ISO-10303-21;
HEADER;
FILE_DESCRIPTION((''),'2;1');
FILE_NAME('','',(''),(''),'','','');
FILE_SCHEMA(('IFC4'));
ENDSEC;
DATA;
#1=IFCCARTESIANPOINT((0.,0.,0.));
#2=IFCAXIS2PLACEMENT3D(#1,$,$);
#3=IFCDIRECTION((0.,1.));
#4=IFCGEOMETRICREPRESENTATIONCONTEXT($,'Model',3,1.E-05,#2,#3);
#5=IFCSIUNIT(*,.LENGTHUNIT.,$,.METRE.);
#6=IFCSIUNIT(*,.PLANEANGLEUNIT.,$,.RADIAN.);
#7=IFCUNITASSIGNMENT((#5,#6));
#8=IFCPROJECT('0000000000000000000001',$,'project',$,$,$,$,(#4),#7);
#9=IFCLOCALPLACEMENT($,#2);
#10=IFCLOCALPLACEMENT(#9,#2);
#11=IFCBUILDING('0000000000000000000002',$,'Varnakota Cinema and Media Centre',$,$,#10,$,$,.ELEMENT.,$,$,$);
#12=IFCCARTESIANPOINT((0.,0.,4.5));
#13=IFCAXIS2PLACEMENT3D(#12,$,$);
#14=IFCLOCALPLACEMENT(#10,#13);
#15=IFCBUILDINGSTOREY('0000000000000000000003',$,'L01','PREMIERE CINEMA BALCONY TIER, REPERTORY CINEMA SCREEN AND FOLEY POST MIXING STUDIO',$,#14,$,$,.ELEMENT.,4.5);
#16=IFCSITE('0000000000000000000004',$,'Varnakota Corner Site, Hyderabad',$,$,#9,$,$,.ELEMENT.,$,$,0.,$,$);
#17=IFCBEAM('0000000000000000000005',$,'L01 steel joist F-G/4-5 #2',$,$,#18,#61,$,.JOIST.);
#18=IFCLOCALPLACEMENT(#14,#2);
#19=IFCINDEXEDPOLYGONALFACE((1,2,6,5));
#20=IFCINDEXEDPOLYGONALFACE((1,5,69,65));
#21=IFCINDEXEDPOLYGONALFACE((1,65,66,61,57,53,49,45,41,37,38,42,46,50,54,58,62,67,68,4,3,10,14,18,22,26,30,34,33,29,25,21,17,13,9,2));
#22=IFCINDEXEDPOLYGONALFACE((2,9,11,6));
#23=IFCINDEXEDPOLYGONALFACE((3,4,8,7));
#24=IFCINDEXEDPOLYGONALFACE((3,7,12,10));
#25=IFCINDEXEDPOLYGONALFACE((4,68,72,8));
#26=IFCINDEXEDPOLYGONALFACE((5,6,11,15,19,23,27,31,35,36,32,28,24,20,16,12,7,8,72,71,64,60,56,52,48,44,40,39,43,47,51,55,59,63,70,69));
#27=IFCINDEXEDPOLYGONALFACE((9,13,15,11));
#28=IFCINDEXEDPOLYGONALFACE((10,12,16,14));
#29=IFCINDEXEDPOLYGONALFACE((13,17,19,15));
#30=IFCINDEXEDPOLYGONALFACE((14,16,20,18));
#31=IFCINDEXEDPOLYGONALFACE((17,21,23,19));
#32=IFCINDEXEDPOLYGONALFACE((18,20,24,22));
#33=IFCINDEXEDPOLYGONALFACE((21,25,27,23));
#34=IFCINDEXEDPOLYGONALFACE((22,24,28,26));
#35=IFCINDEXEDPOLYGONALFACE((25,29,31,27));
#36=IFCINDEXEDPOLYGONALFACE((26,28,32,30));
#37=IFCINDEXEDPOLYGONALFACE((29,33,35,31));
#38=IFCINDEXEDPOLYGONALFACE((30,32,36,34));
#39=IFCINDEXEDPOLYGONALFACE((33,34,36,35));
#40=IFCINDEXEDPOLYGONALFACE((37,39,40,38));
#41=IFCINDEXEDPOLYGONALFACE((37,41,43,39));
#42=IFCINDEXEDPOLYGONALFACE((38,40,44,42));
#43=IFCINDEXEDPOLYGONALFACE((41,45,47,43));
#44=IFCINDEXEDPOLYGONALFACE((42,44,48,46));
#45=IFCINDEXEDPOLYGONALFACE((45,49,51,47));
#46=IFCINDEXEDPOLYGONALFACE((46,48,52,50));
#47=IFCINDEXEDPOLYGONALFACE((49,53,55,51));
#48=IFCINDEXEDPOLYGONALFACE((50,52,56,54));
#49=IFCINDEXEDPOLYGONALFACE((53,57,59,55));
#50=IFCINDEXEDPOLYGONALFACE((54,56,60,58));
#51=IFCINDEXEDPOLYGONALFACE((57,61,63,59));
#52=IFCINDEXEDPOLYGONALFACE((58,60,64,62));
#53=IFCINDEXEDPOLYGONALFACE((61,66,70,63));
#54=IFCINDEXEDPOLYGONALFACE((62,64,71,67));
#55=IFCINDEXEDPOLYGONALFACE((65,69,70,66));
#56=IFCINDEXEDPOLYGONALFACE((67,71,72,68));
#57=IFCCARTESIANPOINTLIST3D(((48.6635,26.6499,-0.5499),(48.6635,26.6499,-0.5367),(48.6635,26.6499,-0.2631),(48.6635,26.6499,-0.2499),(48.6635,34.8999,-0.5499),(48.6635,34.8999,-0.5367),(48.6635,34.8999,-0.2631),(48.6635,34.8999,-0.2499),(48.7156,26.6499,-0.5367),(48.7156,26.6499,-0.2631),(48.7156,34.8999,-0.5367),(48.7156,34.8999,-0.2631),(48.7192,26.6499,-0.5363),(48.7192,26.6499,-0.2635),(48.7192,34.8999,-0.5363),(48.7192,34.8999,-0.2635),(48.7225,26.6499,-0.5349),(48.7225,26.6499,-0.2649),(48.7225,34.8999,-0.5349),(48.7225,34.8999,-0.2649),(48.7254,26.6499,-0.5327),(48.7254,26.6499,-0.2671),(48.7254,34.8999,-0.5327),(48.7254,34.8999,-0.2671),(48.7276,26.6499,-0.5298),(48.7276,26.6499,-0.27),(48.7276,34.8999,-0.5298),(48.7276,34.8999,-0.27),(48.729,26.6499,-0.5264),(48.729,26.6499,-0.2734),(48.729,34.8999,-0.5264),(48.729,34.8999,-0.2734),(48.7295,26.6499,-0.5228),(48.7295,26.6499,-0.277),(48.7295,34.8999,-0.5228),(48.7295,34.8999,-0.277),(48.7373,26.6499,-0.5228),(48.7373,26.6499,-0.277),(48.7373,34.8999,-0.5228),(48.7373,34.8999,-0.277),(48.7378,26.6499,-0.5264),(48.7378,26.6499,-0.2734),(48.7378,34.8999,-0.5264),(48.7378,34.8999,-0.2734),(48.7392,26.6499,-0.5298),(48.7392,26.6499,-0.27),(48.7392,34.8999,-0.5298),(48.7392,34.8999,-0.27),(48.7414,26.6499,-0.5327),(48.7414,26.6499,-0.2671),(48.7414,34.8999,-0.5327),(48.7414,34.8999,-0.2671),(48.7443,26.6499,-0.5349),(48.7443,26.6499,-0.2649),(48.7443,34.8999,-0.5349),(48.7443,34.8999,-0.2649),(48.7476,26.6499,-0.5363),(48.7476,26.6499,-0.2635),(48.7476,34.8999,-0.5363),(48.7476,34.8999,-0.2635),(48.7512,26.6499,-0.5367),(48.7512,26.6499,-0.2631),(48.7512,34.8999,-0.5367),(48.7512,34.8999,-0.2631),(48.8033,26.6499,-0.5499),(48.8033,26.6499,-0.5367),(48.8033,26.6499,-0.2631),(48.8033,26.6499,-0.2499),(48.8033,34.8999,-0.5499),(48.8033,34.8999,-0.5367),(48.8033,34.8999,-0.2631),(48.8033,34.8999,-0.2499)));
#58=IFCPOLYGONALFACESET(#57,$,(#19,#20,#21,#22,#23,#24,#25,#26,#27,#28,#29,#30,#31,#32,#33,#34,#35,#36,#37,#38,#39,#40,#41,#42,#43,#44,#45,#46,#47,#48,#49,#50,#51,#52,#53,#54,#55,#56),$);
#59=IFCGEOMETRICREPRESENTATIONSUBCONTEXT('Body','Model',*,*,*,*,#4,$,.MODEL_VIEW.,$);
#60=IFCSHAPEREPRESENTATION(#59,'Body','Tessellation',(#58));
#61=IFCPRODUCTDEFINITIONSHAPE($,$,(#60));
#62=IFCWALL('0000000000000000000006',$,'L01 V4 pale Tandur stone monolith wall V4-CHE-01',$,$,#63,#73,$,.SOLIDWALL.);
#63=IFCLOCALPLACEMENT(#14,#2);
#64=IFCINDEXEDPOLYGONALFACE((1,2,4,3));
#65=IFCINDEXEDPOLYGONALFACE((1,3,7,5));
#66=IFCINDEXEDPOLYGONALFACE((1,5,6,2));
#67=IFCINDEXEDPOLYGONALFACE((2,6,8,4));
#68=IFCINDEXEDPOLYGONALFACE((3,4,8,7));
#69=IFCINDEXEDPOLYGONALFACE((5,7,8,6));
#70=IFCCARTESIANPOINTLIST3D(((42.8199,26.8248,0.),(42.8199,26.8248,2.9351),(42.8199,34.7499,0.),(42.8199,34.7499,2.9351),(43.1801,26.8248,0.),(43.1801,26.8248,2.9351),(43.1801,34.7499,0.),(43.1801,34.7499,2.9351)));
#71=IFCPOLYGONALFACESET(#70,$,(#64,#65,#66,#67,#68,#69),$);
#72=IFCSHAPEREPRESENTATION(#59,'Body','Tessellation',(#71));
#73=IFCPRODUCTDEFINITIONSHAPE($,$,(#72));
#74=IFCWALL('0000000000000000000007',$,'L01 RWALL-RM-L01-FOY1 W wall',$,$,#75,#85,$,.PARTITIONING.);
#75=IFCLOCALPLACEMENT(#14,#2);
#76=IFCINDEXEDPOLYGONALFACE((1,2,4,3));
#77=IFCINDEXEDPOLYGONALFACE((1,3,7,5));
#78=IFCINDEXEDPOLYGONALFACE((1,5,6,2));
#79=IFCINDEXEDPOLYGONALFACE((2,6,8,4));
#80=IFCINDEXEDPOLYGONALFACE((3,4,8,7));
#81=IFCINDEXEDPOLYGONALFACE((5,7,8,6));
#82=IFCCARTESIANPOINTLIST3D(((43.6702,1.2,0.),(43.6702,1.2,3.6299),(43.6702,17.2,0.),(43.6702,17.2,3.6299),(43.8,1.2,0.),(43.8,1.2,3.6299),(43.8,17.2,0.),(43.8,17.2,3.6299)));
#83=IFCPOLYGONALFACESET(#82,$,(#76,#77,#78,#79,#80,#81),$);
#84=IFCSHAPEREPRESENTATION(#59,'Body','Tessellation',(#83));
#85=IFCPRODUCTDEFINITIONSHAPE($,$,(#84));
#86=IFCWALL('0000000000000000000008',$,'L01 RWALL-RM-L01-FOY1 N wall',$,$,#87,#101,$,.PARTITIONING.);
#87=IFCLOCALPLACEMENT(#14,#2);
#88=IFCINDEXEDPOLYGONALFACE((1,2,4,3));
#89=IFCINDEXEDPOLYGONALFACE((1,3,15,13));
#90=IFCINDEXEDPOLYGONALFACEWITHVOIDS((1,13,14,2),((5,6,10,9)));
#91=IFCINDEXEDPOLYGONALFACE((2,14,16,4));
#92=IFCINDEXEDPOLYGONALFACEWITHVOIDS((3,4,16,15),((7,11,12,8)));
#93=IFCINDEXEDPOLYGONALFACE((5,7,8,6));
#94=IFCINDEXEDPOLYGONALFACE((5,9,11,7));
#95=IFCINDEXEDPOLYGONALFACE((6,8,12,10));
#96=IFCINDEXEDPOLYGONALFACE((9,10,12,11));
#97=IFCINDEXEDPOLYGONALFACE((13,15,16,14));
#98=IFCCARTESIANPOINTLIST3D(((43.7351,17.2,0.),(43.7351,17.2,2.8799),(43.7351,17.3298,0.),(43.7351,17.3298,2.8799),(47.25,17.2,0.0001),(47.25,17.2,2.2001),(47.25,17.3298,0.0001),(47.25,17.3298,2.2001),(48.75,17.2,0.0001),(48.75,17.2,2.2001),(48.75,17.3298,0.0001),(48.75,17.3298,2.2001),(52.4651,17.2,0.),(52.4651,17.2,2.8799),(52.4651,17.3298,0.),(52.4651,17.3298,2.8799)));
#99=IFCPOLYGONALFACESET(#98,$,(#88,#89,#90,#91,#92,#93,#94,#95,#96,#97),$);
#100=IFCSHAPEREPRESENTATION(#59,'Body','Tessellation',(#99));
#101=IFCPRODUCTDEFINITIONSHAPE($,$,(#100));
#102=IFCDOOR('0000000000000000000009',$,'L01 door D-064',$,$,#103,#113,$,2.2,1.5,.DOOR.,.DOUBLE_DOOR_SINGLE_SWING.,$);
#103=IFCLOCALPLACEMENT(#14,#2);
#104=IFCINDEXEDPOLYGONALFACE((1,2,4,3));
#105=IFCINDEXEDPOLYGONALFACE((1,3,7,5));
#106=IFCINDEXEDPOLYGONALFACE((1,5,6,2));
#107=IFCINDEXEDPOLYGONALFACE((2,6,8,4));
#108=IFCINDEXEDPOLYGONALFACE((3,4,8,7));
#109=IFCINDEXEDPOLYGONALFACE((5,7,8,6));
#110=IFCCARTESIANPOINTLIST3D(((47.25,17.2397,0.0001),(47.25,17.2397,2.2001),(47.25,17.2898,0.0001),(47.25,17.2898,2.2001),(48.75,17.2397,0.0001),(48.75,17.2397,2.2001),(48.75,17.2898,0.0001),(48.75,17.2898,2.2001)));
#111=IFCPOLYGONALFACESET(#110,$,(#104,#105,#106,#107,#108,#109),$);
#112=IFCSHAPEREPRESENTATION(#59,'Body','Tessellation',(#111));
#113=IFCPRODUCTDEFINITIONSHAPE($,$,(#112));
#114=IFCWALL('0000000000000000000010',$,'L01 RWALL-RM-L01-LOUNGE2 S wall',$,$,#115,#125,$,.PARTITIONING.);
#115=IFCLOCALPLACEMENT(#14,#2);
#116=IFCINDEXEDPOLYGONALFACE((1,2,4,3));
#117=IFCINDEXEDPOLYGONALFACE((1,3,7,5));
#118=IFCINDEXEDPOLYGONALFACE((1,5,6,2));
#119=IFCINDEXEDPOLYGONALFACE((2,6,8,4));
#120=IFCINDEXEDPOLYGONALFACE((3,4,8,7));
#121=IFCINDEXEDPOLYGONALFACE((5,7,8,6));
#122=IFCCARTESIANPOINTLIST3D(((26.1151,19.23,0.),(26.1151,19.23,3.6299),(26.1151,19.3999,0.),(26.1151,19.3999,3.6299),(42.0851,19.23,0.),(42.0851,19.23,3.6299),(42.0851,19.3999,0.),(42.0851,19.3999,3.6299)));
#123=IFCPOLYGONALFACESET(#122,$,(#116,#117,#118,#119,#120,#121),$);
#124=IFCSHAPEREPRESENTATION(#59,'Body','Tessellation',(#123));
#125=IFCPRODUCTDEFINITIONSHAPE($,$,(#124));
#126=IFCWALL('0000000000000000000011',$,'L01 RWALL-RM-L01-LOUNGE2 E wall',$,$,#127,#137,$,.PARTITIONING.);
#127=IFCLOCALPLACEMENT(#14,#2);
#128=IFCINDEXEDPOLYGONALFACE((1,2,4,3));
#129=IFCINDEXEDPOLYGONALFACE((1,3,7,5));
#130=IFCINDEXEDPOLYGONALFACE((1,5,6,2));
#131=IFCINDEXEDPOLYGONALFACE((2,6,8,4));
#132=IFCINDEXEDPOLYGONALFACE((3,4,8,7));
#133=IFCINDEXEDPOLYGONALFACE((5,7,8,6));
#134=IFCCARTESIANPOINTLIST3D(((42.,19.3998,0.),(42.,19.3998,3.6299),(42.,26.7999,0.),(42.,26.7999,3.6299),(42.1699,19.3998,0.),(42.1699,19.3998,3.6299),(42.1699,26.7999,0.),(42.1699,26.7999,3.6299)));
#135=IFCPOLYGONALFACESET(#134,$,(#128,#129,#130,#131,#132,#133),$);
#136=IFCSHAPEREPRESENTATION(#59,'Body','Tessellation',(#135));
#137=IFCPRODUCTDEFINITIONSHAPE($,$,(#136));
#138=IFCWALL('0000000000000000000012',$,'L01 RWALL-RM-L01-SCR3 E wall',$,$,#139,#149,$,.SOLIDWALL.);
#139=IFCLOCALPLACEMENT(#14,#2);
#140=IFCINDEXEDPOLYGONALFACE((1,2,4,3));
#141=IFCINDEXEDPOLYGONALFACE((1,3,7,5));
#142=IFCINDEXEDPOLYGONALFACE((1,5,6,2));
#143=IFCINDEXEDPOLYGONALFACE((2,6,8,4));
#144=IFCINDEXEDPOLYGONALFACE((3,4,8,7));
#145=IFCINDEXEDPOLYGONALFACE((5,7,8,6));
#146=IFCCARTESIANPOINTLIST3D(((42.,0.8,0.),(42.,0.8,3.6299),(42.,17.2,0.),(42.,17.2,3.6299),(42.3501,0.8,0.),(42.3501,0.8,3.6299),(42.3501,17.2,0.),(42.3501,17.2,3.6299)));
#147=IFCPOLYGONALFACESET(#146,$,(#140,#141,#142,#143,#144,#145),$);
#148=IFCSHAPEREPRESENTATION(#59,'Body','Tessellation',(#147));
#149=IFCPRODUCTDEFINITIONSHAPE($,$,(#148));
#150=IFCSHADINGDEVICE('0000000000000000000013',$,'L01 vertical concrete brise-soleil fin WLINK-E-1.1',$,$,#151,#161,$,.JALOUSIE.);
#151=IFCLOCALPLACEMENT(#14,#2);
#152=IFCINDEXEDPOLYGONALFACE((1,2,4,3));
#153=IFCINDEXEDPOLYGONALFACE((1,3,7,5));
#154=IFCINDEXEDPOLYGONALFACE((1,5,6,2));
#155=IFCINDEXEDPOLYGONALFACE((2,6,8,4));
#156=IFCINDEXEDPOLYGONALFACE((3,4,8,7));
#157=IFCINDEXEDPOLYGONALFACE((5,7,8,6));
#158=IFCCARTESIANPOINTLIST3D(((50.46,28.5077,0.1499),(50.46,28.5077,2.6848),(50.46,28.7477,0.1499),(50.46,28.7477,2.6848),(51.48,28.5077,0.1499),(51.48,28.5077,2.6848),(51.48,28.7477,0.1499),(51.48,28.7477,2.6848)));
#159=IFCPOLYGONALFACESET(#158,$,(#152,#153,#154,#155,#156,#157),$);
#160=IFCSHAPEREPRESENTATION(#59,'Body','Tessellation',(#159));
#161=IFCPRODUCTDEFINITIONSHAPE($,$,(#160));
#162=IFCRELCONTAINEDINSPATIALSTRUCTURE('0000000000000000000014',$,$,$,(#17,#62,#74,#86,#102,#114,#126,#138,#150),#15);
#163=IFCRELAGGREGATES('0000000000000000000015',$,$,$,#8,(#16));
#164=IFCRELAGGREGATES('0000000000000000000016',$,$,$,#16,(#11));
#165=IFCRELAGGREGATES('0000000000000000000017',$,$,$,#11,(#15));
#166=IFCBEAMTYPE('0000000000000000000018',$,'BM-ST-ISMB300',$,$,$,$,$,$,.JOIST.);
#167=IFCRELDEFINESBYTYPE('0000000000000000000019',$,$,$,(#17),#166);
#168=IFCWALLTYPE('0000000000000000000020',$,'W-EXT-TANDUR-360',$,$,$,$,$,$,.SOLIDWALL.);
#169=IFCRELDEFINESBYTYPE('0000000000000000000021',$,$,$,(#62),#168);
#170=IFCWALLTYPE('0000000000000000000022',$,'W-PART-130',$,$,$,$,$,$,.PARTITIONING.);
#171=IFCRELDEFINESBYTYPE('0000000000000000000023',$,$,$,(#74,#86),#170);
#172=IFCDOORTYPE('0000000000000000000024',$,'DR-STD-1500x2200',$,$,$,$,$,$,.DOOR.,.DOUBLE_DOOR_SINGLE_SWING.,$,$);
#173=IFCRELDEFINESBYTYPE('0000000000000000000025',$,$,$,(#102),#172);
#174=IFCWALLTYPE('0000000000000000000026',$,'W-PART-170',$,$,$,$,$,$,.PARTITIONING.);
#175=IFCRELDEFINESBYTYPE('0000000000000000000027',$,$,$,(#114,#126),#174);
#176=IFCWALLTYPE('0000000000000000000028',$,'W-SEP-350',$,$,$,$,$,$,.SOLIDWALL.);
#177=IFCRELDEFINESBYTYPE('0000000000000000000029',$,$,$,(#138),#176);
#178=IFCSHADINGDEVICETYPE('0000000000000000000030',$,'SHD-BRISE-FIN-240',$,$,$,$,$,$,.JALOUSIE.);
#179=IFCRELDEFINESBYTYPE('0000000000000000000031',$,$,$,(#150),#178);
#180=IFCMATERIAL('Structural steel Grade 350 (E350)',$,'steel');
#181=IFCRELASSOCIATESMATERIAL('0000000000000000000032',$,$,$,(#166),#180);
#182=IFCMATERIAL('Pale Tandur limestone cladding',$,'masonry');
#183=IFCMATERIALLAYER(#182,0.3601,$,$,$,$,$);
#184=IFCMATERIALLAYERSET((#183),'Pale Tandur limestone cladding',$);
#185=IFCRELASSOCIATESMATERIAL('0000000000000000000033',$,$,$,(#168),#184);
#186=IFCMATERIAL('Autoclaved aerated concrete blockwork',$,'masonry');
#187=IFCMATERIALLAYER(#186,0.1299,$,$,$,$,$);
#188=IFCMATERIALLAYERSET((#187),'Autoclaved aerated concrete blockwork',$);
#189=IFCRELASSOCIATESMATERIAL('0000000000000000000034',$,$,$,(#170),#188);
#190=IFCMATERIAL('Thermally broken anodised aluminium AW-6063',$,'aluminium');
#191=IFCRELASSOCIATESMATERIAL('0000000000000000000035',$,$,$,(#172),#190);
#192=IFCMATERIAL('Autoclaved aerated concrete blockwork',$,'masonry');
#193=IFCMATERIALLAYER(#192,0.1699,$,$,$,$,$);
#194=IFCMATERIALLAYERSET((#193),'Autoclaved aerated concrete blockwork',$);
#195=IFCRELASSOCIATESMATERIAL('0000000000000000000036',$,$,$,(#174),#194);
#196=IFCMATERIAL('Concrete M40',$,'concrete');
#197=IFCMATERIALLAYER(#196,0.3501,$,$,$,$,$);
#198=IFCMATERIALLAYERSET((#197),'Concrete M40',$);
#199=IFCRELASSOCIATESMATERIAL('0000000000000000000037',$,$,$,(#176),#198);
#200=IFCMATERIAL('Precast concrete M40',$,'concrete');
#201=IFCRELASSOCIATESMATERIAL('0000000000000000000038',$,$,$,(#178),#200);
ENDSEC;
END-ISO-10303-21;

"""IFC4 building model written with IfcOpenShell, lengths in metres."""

from ifc_helpers import new_model, si_unit, direction, frame, frame_2d, origin, origin_2d, place, context, subcontext, project, spatial, rectangle, i_section, extrude, material, layer, layer_set, material_profile, profile_set, type_object, element, fill, save


model = new_model("IFC4")

# Units and contexts
model_context = context("Model", 3, precision=1e-05, world=origin(), true_north=direction((0.0, 1.0)))
body_context = subcontext(model_context, "Body", "Model", "MODEL_VIEW")
ifc_project = project(units=[si_unit("LENGTHUNIT", "METRE"), si_unit("PLANEANGLEUNIT", "RADIAN")], contexts=[model_context])

# Site, building, storey
site_placement = place(None, origin())
site = spatial("IfcSite", under=ifc_project, at=site_placement, Name="Varnakota Corner Site, Hyderabad", CompositionType="ELEMENT", RefElevation=0.0)
building_placement = place(site_placement, origin())
building = spatial("IfcBuilding", under=site, at=building_placement, Name="Varnakota Cinema and Media Centre", CompositionType="ELEMENT")
storey_placement = place(building_placement, frame((0.0, 0.0, 4.5)))
storey = spatial("IfcBuildingStorey", under=building, at=storey_placement, Name="L01", Description="PREMIERE CINEMA BALCONY TIER, REPERTORY CINEMA SCREEN AND FOLEY POST MIXING STUDIO", CompositionType="ELEMENT", Elevation=4.5)

# Beam
ifc_material_1 = material(Name="Structural steel Grade 350 (E350)", Category="steel")
ifc_material_profile_1 = material_profile(ifc_material_1, i_section(OverallWidth=0.1399, OverallDepth=0.3, WebThickness=0.0078, FlangeThickness=0.0132, FilletRadius=0.0139, at=origin_2d()), Name="ISMB 300")
ifc_profile_set_1 = profile_set([ifc_material_profile_1], Name="Structural steel Grade 350 (E350)")
beam_type_1 = type_object("IfcBeamType", Name="BM-ST-ISMB300", PredefinedType="JOIST", material=ifc_profile_set_1)
for number, where, z_axis, x_axis, name in (
    (1, (48.7334, 26.6499, -0.3999), (0.0, 1.0, 0.0), (-1.0, 0.0, 0.0), "L01 steel joist F-G/4-5 #2"),
):
    element("IfcBeam", number, at=place(storey_placement, frame(where, z_axis=z_axis, x_axis=x_axis)), inside=storey, type_object=beam_type_1, Name=name, PredefinedType="JOIST", context=body_context, shape_type="SweptSolid", body=[
        extrude(i_section(OverallWidth=0.1399, OverallDepth=0.3, WebThickness=0.0078, FlangeThickness=0.0132, FilletRadius=0.0139, at=origin_2d()), origin(), (0.0, 0.0, 1.0), 8.25),
    ])

# Walls
ifc_material_2 = material(Name="Pale Tandur limestone cladding", Category="masonry")
ifc_layer_1 = layer(ifc_material_2, 0.3601)
ifc_layer_set_1 = layer_set([ifc_layer_1], Name="Pale Tandur limestone cladding")
wall_type_1 = type_object("IfcWallType", Name="W-EXT-TANDUR-360", PredefinedType="SOLIDWALL", material=ifc_layer_set_1)
wall_1_placement = place(storey_placement, frame((43.0, 26.825, 0.0), z_axis=(0.0, 0.0, 1.0), x_axis=(0.0, 1.0, 0.0)))
element("IfcWall", 2, at=wall_1_placement, inside=storey, type_object=wall_type_1, Name="L01 V4 pale Tandur stone monolith wall V4-CHE-01", PredefinedType="SOLIDWALL", context=body_context, shape_type="SweptSolid", body=[
    extrude(rectangle(XDim=7.925, YDim=0.3601, at=frame_2d((3.9624, 0.0))), origin(), (0.0, 0.0, 1.0), 2.9351),
])
ifc_material_3 = material(Name="Autoclaved aerated concrete blockwork", Category="masonry")
ifc_layer_2 = layer(ifc_material_3, 0.1299)
ifc_layer_set_2 = layer_set([ifc_layer_2], Name="Autoclaved aerated concrete blockwork")
wall_type_2 = type_object("IfcWallType", Name="W-PART-130", PredefinedType="PARTITIONING", material=ifc_layer_set_2)
wall_2_placement = place(storey_placement, frame((43.7351, 1.2, 0.0), z_axis=(0.0, 0.0, 1.0), x_axis=(0.0, 1.0, 0.0)))
element("IfcWall", 3, at=wall_2_placement, inside=storey, type_object=wall_type_2, Name="L01 RWALL-RM-L01-FOY1 W wall", PredefinedType="PARTITIONING", context=body_context, shape_type="SweptSolid", body=[
    extrude(rectangle(XDim=16.0, YDim=0.1299, at=frame_2d((8.0, 0.0))), origin(), (0.0, 0.0, 1.0), 3.6299),
])

# Wall, opening, door
wall_3_placement = place(storey_placement, frame((43.7351, 17.2649, 0.0), z_axis=(0.0, 0.0, 1.0), x_axis=(1.0, 0.0, 0.0)))
wall_3 = element("IfcWall", 4, at=wall_3_placement, inside=storey, type_object=wall_type_2, Name="L01 RWALL-RM-L01-FOY1 N wall", PredefinedType="PARTITIONING", context=body_context, shape_type="SweptSolid", body=[
    extrude(rectangle(XDim=8.73, YDim=0.1299, at=frame_2d((4.365, 0.0))), origin(), (0.0, 0.0, 1.0), 2.8799),
])
opening_placement = place(wall_3_placement, frame((3.5149, 0.0, 0.0)))
opening = element("IfcOpeningElement", 5, at=opening_placement, cuts=wall_3, PredefinedType="OPENING", context=body_context, shape_type="SweptSolid", body=[
    extrude(rectangle(XDim=1.5, YDim=2.2, at=frame_2d((0.75, 1.1001))), frame((0.0, 0.0649, 0.0), z_axis=(0.0, -1.0, 0.0), x_axis=(1.0, 0.0, 0.0)), (0.0, 0.0, 1.0), 0.1299),
])
ifc_material_4 = material(Name="Thermally broken anodised aluminium AW-6063", Category="aluminium")
door_type = type_object("IfcDoorType", Name="DR-STD-1500x2200", OperationType="DOUBLE_DOOR_SINGLE_SWING", PredefinedType="DOOR", material=ifc_material_4)
door_placement = place(opening_placement, origin())
door = element("IfcDoor", 6, at=door_placement, inside=storey, type_object=door_type, Name="L01 door D-064", OperationType="DOUBLE_DOOR_SINGLE_SWING", OverallHeight=2.2, OverallWidth=1.5, PredefinedType="DOOR", context=body_context, shape_type="SweptSolid", body=[
    extrude(rectangle(XDim=1.5, YDim=2.2, at=frame_2d((0.75, 1.1001))), frame((0.0, 0.0249, 0.0), z_axis=(0.0, -1.0, 0.0), x_axis=(1.0, 0.0, 0.0)), (0.0, 0.0, 1.0), 0.05),
])
fill(opening, door)

# Walls
ifc_material_5 = material(Name="Autoclaved aerated concrete blockwork", Category="masonry")
ifc_layer_3 = layer(ifc_material_5, 0.1699)
ifc_layer_set_3 = layer_set([ifc_layer_3], Name="Autoclaved aerated concrete blockwork")
wall_type_3 = type_object("IfcWallType", Name="W-PART-170", PredefinedType="PARTITIONING", material=ifc_layer_set_3)
wall_4_placement = place(storey_placement, frame((42.085, 19.3149, 0.0), z_axis=(0.0, 0.0, 1.0), x_axis=(-1.0, 0.0, 0.0)))
element("IfcWall", 7, at=wall_4_placement, inside=storey, type_object=wall_type_3, Name="L01 RWALL-RM-L01-LOUNGE2 S wall", PredefinedType="PARTITIONING", context=body_context, shape_type="SweptSolid", body=[
    extrude(rectangle(XDim=15.97, YDim=0.1699, at=frame_2d((7.9849, 0.0))), origin(), (0.0, 0.0, 1.0), 3.6299),
])
wall_5_placement = place(storey_placement, frame((42.085, 26.8, 0.0), z_axis=(0.0, 0.0, 1.0), x_axis=(0.0, -1.0, 0.0)))
element("IfcWall", 8, at=wall_5_placement, inside=storey, type_object=wall_type_3, Name="L01 RWALL-RM-L01-LOUNGE2 E wall", PredefinedType="PARTITIONING", context=body_context, shape_type="SweptSolid", body=[
    extrude(rectangle(XDim=7.4001, YDim=0.1699, at=frame_2d((3.7002, 0.0))), origin(), (0.0, 0.0, 1.0), 3.6299),
])
ifc_material_6 = material(Name="Concrete M40", Category="concrete")
ifc_layer_4 = layer(ifc_material_6, 0.3501)
ifc_layer_set_4 = layer_set([ifc_layer_4], Name="Concrete M40")
wall_type_4 = type_object("IfcWallType", Name="W-SEP-350", PredefinedType="SOLIDWALL", material=ifc_layer_set_4)
wall_6_placement = place(storey_placement, frame((42.175, 17.2, 0.0), z_axis=(0.0, 0.0, 1.0), x_axis=(0.0, -1.0, 0.0)))
element("IfcWall", 9, at=wall_6_placement, inside=storey, type_object=wall_type_4, Name="L01 RWALL-RM-L01-SCR3 E wall", PredefinedType="SOLIDWALL", context=body_context, shape_type="SweptSolid", body=[
    extrude(rectangle(XDim=16.3999, YDim=0.3501, at=frame_2d((8.2, 0.0))), origin(), (0.0, 0.0, 1.0), 3.6299),
])

# Shading device
ifc_material_7 = material(Name="Precast concrete M40", Category="concrete")
shading_device_type = type_object("IfcShadingDeviceType", Name="SHD-BRISE-FIN-240", PredefinedType="JALOUSIE", material=ifc_material_7)
shading_device_placement = place(storey_placement, frame((50.97, 28.6277, 0.1499), z_axis=(0.0, 0.0, 1.0), x_axis=(0.0, 1.0, 0.0)))
element("IfcShadingDevice", 10, at=shading_device_placement, inside=storey, type_object=shading_device_type, Name="L01 vertical concrete brise-soleil fin WLINK-E-1.1", PredefinedType="JALOUSIE", context=body_context, shape_type="SweptSolid", body=[
    extrude(rectangle(XDim=0.24, YDim=1.02, at=origin_2d()), origin(), (0.0, 0.0, 1.0), 2.5349),
])

save(model, "model.ifc")
